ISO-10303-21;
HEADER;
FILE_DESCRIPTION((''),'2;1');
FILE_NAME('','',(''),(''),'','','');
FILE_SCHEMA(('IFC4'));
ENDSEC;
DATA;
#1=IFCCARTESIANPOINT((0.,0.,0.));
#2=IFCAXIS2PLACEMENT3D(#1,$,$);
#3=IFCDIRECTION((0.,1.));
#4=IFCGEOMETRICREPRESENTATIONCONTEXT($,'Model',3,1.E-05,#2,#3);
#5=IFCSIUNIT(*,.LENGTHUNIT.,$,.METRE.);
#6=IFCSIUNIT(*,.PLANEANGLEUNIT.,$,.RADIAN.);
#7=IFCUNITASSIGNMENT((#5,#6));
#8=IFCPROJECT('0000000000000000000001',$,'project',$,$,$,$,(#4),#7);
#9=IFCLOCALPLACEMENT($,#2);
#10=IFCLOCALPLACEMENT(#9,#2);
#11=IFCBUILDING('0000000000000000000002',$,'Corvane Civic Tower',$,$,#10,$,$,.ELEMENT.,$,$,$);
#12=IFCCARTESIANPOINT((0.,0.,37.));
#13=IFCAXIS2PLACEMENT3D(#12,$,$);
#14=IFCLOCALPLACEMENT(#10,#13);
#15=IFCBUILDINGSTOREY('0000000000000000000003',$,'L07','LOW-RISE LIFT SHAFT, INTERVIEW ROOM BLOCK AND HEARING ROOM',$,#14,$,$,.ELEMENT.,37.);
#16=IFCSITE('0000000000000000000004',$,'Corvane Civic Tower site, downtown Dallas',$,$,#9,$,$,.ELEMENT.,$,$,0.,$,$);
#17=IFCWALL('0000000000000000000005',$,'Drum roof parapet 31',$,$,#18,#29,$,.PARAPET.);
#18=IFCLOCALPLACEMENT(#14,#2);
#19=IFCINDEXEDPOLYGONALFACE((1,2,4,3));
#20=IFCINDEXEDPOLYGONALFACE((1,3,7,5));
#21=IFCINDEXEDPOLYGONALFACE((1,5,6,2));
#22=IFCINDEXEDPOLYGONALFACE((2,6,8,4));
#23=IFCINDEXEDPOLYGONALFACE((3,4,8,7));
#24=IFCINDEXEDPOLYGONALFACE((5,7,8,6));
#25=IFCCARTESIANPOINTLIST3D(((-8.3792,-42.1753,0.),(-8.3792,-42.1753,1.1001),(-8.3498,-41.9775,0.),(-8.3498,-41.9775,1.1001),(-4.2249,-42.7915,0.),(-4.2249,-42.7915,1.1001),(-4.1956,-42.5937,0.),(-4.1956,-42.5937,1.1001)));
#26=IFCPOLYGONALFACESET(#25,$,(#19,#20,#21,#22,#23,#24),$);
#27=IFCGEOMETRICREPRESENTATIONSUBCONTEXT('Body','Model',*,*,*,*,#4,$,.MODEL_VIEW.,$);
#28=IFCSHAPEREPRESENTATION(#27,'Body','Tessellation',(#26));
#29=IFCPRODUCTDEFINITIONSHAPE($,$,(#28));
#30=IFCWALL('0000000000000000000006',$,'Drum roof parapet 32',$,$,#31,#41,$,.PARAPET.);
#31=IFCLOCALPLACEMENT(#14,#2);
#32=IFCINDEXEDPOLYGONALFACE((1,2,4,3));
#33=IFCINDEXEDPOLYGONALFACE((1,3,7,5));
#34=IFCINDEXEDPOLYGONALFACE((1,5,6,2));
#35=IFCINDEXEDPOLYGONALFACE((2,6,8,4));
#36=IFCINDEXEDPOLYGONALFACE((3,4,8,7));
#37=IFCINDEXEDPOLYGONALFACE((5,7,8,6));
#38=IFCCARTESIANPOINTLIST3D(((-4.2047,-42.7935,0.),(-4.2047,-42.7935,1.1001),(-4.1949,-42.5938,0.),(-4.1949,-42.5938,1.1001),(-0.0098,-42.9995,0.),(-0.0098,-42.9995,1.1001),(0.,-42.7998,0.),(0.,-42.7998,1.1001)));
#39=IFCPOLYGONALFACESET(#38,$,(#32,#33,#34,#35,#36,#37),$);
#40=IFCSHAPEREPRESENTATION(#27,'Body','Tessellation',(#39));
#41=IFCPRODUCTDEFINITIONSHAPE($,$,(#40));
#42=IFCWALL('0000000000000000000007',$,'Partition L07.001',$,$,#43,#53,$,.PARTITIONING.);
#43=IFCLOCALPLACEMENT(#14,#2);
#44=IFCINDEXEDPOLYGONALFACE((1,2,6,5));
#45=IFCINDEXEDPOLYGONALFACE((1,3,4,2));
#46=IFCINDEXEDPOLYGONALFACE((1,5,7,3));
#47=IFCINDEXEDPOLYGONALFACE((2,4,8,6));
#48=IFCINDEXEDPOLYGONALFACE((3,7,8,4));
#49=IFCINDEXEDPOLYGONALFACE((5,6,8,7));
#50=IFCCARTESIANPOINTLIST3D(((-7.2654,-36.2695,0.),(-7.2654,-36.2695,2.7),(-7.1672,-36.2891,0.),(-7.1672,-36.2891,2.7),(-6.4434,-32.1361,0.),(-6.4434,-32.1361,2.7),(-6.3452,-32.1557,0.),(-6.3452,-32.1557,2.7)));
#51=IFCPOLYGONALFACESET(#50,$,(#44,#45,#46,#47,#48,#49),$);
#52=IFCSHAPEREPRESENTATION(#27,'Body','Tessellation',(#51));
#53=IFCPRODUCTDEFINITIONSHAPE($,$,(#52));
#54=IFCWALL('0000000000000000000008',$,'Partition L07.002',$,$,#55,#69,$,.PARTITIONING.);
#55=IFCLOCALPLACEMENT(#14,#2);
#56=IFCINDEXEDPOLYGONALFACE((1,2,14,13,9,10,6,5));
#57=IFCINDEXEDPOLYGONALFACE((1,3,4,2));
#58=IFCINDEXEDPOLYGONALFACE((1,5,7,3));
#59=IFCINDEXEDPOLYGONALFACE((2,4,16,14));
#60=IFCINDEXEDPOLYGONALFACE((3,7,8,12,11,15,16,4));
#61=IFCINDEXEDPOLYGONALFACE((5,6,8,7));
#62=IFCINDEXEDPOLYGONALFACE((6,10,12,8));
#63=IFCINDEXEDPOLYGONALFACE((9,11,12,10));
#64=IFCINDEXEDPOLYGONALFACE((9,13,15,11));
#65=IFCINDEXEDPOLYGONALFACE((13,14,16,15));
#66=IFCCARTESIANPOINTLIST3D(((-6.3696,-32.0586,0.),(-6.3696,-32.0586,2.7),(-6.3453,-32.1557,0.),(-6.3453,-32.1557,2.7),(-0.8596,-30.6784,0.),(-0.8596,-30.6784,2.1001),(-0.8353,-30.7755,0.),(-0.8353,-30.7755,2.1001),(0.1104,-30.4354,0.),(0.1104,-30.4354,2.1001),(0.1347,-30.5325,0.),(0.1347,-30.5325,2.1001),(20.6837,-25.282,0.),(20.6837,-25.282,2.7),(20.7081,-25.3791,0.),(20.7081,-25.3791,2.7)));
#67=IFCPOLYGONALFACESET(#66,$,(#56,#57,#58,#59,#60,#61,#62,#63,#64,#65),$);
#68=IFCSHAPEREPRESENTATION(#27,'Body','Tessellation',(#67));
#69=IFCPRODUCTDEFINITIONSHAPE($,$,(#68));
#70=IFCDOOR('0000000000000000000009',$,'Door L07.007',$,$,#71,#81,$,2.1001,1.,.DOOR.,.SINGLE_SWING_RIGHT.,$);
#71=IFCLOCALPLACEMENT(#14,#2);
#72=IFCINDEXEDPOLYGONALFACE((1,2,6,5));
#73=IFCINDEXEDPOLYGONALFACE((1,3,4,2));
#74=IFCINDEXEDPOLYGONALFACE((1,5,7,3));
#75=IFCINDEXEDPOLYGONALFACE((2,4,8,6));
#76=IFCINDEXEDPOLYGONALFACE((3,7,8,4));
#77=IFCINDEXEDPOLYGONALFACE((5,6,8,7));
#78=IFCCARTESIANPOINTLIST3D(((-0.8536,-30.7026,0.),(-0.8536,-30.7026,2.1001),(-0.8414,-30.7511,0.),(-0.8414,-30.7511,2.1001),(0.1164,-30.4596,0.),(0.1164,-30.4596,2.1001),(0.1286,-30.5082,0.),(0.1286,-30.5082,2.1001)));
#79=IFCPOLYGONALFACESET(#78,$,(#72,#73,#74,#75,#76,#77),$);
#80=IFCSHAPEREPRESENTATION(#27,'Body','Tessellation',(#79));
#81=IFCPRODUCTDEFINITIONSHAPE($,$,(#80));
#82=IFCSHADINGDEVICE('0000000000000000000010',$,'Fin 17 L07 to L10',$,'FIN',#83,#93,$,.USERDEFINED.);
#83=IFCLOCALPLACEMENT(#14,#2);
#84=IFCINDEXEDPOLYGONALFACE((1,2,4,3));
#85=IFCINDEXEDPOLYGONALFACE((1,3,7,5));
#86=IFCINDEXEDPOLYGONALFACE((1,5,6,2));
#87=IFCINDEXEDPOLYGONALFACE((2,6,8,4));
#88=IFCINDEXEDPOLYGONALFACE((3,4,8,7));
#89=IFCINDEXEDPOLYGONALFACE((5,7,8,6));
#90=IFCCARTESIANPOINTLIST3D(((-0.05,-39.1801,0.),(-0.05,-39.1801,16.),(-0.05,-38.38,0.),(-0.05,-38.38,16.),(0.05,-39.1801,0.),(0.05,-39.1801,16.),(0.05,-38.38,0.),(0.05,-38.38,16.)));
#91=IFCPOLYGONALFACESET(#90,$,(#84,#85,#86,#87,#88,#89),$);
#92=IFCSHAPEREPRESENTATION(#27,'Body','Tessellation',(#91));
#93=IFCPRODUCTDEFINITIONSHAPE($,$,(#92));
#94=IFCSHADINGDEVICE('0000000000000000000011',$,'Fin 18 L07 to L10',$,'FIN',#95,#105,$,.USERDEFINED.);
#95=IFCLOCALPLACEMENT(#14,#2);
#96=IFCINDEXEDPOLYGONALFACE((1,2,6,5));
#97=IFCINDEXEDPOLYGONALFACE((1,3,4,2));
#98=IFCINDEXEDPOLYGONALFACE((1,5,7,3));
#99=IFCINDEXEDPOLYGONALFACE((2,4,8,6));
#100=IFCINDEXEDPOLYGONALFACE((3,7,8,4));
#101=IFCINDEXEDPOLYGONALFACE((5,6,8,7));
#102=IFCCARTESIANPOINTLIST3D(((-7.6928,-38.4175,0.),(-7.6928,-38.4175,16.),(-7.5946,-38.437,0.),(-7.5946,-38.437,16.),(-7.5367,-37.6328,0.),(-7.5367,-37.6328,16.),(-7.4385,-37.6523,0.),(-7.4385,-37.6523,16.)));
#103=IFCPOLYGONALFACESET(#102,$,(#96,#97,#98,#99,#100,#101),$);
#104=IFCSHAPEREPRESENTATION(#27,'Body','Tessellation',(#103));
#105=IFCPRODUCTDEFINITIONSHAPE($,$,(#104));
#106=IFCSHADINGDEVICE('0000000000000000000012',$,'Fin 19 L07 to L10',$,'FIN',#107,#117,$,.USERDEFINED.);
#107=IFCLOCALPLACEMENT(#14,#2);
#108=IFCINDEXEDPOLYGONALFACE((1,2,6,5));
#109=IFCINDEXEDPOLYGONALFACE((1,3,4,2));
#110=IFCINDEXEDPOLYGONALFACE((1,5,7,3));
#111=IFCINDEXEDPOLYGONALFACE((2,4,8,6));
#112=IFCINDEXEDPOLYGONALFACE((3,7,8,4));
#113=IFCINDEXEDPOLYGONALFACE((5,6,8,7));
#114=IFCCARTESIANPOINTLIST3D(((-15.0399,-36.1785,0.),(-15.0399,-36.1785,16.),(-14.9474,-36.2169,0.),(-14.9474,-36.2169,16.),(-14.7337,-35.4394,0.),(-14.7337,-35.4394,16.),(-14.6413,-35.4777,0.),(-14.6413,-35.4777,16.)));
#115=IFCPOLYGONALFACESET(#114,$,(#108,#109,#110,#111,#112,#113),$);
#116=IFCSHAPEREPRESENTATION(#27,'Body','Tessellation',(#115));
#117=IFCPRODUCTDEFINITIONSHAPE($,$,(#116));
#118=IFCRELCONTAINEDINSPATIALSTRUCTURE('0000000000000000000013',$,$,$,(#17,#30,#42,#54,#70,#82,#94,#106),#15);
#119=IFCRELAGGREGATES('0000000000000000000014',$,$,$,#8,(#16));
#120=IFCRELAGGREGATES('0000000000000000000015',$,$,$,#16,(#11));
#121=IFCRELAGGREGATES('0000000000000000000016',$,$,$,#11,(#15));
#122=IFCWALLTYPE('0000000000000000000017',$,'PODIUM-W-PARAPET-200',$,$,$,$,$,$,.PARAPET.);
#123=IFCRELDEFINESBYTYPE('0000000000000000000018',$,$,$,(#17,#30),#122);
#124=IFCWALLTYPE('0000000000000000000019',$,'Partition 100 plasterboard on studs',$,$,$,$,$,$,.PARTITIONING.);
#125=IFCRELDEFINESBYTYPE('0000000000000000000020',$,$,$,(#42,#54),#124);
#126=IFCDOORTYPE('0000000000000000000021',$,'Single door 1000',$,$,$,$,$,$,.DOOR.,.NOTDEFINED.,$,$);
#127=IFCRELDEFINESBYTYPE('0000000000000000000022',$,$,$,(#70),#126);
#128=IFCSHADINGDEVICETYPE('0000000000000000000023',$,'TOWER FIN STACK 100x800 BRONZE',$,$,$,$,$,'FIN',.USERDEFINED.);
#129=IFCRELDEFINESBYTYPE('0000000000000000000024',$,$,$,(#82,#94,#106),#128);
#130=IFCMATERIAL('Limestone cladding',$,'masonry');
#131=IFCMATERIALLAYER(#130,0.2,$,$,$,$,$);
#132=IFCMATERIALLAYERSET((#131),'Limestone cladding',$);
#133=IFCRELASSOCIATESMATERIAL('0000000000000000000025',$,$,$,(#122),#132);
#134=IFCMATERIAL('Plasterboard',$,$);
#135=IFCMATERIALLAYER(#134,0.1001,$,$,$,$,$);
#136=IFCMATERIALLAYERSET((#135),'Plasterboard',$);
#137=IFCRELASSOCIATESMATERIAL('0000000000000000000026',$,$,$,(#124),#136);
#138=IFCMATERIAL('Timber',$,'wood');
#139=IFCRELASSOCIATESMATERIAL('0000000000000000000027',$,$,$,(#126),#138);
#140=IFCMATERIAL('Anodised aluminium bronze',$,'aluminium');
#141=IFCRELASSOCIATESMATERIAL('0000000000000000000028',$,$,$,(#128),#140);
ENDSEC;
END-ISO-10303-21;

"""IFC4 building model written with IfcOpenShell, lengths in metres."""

from ifc_helpers import new_model, si_unit, direction, frame, frame_2d, origin, origin_2d, place, context, subcontext, project, spatial, rectangle, extrude, material, layer, layer_set, material_profile, profile_set, type_object, element, fill, save


model = new_model("IFC4")

# Units and contexts
model_context = context("Model", 3, precision=1e-05, world=origin(), true_north=direction((0.0, 1.0)))
body_context = subcontext(model_context, "Body", "Model", "MODEL_VIEW")
ifc_project = project(units=[si_unit("LENGTHUNIT", "METRE"), si_unit("PLANEANGLEUNIT", "RADIAN")], contexts=[model_context])

# Site, building, storey
site_placement = place(None, origin())
site = spatial("IfcSite", under=ifc_project, at=site_placement, Name="Corvane Civic Tower site, downtown Dallas", CompositionType="ELEMENT", RefElevation=0.0)
building_placement = place(site_placement, origin())
building = spatial("IfcBuilding", under=site, at=building_placement, Name="Corvane Civic Tower", CompositionType="ELEMENT")
storey_placement = place(building_placement, frame((0.0, 0.0, 37.0)))
storey = spatial("IfcBuildingStorey", under=building, at=storey_placement, Name="L07", Description="LOW-RISE LIFT SHAFT, INTERVIEW ROOM BLOCK AND HEARING ROOM", CompositionType="ELEMENT", Elevation=37.0)

# Walls
ifc_material_1 = material(Name="Limestone cladding", Category="masonry")
ifc_layer_1 = layer(ifc_material_1, 0.2)
ifc_layer_set_1 = layer_set([ifc_layer_1], Name="Limestone cladding")
wall_type_1 = type_object("IfcWallType", Name="PODIUM-W-PARAPET-200", PredefinedType="PARAPET", material=ifc_layer_set_1)
wall_1_placement = place(storey_placement, frame((-8.3645, -42.0764, 0.0), z_axis=(0.0, 0.0, 1.0), x_axis=(0.989177, -0.146726, 0.0)))
element("IfcWall", 1, at=wall_1_placement, inside=storey, type_object=wall_type_1, Name="Drum roof parapet 31", PredefinedType="PARAPET", context=body_context, shape_type="SweptSolid", body=[
    extrude(rectangle(XDim=4.1997, YDim=0.2, at=frame_2d((2.0999, 0.0))), origin(), (0.0, 0.0, 1.0), 1.1001),
])
wall_2_placement = place(storey_placement, frame((-4.2, -42.6936, 0.0), z_axis=(0.0, 0.0, 1.0), x_axis=(0.998796, -0.049062, 0.0)))
element("IfcWall", 2, at=wall_2_placement, inside=storey, type_object=wall_type_1, Name="Drum roof parapet 32", PredefinedType="PARAPET", context=body_context, shape_type="SweptSolid", body=[
    extrude(rectangle(XDim=4.2, YDim=0.2, at=frame_2d((2.1001, 0.0))), origin(), (0.0, 0.0, 1.0), 1.1001),
])
ifc_material_2 = material(Name="Plasterboard")
ifc_layer_2 = layer(ifc_material_2, 0.1001)
ifc_layer_set_2 = layer_set([ifc_layer_2], Name="Plasterboard")
wall_type_2 = type_object("IfcWallType", Name="Partition 100 plasterboard on studs", PredefinedType="PARTITIONING", material=ifc_layer_set_2)
wall_3_placement = place(storey_placement, frame((-7.2163, -36.2793, 0.0), z_axis=(0.0, 0.0, 1.0), x_axis=(0.195058, 0.980792, 0.0)))
element("IfcWall", 3, at=wall_3_placement, inside=storey, type_object=wall_type_2, Name="Partition L07.001", PredefinedType="PARTITIONING", context=body_context, shape_type="SweptSolid", body=[
    extrude(rectangle(XDim=4.2144, YDim=0.1001, at=frame_2d((2.1072, 0.0))), origin(), (0.0, 0.0, 1.0), 2.7),
])

# Wall, opening, door
wall_4_placement = place(storey_placement, frame((-6.3574, -32.1072, 0.0), z_axis=(0.0, 0.0, 1.0), x_axis=(0.97003, 0.242985, 0.0)))
wall_4 = element("IfcWall", 4, at=wall_4_placement, inside=storey, type_object=wall_type_2, Name="Partition L07.002", PredefinedType="PARTITIONING", context=body_context, shape_type="SweptSolid", body=[
    extrude(rectangle(XDim=27.8892, YDim=0.1001, at=frame_2d((13.9446, 0.0))), origin(), (0.0, 0.0, 1.0), 2.7),
])
opening_placement = place(wall_4_placement, frame((5.6802, 0.0, 0.0)))
opening = element("IfcOpeningElement", 5, at=opening_placement, cuts=wall_4, PredefinedType="OPENING", context=body_context, shape_type="SweptSolid", body=[
    extrude(rectangle(XDim=1.0, YDim=2.1001, at=frame_2d((0.5, 1.05))), frame((0.0, 0.0601, 0.0), z_axis=(0.0, -1.0, 0.0), x_axis=(1.0, 0.0, 0.0)), (0.0, 0.0, 1.0), 0.1201),
])
ifc_material_3 = material(Name="Timber", Category="wood")
door_type = type_object("IfcDoorType", Name="Single door 1000", OperationType="NOTDEFINED", PredefinedType="DOOR", material=ifc_material_3)
door_placement = place(opening_placement, frame((1.0, 0.0, 0.0), z_axis=(0.0, 0.0, 1.0), x_axis=(-1.0, 0.0, 0.0)))
door = element("IfcDoor", 6, at=door_placement, inside=storey, type_object=door_type, Name="Door L07.007", OperationType="SINGLE_SWING_RIGHT", OverallHeight=2.1001, OverallWidth=1.0, PredefinedType="DOOR", context=body_context, shape_type="SweptSolid", body=[
    extrude(rectangle(XDim=1.0, YDim=2.1001, at=frame_2d((0.5, 1.05))), frame((0.0, 0.0249, 0.0), z_axis=(0.0, -1.0, 0.0), x_axis=(1.0, 0.0, 0.0)), (0.0, 0.0, 1.0), 0.05),
])
fill(opening, door)

# Shading devices
ifc_material_4 = material(Name="Anodised aluminium bronze", Category="aluminium")
ifc_material_profile_1 = material_profile(ifc_material_4, rectangle(XDim=0.1001, YDim=0.8, at=origin_2d()), Name="TOWER FIN STACK 100x800 BRONZE")
ifc_profile_set_1 = profile_set([ifc_material_profile_1], Name="Anodised aluminium bronze")
shading_device_type = type_object("IfcShadingDeviceType", Name="TOWER FIN STACK 100x800 BRONZE", ElementType="FIN", PredefinedType="USERDEFINED", material=ifc_profile_set_1)
for number, where, z_axis, x_axis, name in (
    (7, (0.0, -38.78, 0.0), (0.0, 0.0, 1.0), (-1.0, 0.0, 0.0), "Fin 17 L07 to L10"),
    (8, (-7.5657, -38.0349, 0.0), (0.0, 0.0, 1.0), (-0.980785, 0.19509, 0.0), "Fin 18 L07 to L10"),
    (9, (-14.8406, -35.8281, 0.0), (0.0, 0.0, 1.0), (-0.92388, 0.382683, 0.0), "Fin 19 L07 to L10"),
):
    element("IfcShadingDevice", number, at=place(storey_placement, frame(where, z_axis=z_axis, x_axis=x_axis)), inside=storey, type_object=shading_device_type, Name=name, ObjectType="FIN", PredefinedType="USERDEFINED", context=body_context, shape_type="SweptSolid", body=[
        extrude(rectangle(XDim=0.1001, YDim=0.8, at=origin_2d()), origin(), (0.0, 0.0, 1.0), 16.0),
    ])

save(model, "model.ifc")
